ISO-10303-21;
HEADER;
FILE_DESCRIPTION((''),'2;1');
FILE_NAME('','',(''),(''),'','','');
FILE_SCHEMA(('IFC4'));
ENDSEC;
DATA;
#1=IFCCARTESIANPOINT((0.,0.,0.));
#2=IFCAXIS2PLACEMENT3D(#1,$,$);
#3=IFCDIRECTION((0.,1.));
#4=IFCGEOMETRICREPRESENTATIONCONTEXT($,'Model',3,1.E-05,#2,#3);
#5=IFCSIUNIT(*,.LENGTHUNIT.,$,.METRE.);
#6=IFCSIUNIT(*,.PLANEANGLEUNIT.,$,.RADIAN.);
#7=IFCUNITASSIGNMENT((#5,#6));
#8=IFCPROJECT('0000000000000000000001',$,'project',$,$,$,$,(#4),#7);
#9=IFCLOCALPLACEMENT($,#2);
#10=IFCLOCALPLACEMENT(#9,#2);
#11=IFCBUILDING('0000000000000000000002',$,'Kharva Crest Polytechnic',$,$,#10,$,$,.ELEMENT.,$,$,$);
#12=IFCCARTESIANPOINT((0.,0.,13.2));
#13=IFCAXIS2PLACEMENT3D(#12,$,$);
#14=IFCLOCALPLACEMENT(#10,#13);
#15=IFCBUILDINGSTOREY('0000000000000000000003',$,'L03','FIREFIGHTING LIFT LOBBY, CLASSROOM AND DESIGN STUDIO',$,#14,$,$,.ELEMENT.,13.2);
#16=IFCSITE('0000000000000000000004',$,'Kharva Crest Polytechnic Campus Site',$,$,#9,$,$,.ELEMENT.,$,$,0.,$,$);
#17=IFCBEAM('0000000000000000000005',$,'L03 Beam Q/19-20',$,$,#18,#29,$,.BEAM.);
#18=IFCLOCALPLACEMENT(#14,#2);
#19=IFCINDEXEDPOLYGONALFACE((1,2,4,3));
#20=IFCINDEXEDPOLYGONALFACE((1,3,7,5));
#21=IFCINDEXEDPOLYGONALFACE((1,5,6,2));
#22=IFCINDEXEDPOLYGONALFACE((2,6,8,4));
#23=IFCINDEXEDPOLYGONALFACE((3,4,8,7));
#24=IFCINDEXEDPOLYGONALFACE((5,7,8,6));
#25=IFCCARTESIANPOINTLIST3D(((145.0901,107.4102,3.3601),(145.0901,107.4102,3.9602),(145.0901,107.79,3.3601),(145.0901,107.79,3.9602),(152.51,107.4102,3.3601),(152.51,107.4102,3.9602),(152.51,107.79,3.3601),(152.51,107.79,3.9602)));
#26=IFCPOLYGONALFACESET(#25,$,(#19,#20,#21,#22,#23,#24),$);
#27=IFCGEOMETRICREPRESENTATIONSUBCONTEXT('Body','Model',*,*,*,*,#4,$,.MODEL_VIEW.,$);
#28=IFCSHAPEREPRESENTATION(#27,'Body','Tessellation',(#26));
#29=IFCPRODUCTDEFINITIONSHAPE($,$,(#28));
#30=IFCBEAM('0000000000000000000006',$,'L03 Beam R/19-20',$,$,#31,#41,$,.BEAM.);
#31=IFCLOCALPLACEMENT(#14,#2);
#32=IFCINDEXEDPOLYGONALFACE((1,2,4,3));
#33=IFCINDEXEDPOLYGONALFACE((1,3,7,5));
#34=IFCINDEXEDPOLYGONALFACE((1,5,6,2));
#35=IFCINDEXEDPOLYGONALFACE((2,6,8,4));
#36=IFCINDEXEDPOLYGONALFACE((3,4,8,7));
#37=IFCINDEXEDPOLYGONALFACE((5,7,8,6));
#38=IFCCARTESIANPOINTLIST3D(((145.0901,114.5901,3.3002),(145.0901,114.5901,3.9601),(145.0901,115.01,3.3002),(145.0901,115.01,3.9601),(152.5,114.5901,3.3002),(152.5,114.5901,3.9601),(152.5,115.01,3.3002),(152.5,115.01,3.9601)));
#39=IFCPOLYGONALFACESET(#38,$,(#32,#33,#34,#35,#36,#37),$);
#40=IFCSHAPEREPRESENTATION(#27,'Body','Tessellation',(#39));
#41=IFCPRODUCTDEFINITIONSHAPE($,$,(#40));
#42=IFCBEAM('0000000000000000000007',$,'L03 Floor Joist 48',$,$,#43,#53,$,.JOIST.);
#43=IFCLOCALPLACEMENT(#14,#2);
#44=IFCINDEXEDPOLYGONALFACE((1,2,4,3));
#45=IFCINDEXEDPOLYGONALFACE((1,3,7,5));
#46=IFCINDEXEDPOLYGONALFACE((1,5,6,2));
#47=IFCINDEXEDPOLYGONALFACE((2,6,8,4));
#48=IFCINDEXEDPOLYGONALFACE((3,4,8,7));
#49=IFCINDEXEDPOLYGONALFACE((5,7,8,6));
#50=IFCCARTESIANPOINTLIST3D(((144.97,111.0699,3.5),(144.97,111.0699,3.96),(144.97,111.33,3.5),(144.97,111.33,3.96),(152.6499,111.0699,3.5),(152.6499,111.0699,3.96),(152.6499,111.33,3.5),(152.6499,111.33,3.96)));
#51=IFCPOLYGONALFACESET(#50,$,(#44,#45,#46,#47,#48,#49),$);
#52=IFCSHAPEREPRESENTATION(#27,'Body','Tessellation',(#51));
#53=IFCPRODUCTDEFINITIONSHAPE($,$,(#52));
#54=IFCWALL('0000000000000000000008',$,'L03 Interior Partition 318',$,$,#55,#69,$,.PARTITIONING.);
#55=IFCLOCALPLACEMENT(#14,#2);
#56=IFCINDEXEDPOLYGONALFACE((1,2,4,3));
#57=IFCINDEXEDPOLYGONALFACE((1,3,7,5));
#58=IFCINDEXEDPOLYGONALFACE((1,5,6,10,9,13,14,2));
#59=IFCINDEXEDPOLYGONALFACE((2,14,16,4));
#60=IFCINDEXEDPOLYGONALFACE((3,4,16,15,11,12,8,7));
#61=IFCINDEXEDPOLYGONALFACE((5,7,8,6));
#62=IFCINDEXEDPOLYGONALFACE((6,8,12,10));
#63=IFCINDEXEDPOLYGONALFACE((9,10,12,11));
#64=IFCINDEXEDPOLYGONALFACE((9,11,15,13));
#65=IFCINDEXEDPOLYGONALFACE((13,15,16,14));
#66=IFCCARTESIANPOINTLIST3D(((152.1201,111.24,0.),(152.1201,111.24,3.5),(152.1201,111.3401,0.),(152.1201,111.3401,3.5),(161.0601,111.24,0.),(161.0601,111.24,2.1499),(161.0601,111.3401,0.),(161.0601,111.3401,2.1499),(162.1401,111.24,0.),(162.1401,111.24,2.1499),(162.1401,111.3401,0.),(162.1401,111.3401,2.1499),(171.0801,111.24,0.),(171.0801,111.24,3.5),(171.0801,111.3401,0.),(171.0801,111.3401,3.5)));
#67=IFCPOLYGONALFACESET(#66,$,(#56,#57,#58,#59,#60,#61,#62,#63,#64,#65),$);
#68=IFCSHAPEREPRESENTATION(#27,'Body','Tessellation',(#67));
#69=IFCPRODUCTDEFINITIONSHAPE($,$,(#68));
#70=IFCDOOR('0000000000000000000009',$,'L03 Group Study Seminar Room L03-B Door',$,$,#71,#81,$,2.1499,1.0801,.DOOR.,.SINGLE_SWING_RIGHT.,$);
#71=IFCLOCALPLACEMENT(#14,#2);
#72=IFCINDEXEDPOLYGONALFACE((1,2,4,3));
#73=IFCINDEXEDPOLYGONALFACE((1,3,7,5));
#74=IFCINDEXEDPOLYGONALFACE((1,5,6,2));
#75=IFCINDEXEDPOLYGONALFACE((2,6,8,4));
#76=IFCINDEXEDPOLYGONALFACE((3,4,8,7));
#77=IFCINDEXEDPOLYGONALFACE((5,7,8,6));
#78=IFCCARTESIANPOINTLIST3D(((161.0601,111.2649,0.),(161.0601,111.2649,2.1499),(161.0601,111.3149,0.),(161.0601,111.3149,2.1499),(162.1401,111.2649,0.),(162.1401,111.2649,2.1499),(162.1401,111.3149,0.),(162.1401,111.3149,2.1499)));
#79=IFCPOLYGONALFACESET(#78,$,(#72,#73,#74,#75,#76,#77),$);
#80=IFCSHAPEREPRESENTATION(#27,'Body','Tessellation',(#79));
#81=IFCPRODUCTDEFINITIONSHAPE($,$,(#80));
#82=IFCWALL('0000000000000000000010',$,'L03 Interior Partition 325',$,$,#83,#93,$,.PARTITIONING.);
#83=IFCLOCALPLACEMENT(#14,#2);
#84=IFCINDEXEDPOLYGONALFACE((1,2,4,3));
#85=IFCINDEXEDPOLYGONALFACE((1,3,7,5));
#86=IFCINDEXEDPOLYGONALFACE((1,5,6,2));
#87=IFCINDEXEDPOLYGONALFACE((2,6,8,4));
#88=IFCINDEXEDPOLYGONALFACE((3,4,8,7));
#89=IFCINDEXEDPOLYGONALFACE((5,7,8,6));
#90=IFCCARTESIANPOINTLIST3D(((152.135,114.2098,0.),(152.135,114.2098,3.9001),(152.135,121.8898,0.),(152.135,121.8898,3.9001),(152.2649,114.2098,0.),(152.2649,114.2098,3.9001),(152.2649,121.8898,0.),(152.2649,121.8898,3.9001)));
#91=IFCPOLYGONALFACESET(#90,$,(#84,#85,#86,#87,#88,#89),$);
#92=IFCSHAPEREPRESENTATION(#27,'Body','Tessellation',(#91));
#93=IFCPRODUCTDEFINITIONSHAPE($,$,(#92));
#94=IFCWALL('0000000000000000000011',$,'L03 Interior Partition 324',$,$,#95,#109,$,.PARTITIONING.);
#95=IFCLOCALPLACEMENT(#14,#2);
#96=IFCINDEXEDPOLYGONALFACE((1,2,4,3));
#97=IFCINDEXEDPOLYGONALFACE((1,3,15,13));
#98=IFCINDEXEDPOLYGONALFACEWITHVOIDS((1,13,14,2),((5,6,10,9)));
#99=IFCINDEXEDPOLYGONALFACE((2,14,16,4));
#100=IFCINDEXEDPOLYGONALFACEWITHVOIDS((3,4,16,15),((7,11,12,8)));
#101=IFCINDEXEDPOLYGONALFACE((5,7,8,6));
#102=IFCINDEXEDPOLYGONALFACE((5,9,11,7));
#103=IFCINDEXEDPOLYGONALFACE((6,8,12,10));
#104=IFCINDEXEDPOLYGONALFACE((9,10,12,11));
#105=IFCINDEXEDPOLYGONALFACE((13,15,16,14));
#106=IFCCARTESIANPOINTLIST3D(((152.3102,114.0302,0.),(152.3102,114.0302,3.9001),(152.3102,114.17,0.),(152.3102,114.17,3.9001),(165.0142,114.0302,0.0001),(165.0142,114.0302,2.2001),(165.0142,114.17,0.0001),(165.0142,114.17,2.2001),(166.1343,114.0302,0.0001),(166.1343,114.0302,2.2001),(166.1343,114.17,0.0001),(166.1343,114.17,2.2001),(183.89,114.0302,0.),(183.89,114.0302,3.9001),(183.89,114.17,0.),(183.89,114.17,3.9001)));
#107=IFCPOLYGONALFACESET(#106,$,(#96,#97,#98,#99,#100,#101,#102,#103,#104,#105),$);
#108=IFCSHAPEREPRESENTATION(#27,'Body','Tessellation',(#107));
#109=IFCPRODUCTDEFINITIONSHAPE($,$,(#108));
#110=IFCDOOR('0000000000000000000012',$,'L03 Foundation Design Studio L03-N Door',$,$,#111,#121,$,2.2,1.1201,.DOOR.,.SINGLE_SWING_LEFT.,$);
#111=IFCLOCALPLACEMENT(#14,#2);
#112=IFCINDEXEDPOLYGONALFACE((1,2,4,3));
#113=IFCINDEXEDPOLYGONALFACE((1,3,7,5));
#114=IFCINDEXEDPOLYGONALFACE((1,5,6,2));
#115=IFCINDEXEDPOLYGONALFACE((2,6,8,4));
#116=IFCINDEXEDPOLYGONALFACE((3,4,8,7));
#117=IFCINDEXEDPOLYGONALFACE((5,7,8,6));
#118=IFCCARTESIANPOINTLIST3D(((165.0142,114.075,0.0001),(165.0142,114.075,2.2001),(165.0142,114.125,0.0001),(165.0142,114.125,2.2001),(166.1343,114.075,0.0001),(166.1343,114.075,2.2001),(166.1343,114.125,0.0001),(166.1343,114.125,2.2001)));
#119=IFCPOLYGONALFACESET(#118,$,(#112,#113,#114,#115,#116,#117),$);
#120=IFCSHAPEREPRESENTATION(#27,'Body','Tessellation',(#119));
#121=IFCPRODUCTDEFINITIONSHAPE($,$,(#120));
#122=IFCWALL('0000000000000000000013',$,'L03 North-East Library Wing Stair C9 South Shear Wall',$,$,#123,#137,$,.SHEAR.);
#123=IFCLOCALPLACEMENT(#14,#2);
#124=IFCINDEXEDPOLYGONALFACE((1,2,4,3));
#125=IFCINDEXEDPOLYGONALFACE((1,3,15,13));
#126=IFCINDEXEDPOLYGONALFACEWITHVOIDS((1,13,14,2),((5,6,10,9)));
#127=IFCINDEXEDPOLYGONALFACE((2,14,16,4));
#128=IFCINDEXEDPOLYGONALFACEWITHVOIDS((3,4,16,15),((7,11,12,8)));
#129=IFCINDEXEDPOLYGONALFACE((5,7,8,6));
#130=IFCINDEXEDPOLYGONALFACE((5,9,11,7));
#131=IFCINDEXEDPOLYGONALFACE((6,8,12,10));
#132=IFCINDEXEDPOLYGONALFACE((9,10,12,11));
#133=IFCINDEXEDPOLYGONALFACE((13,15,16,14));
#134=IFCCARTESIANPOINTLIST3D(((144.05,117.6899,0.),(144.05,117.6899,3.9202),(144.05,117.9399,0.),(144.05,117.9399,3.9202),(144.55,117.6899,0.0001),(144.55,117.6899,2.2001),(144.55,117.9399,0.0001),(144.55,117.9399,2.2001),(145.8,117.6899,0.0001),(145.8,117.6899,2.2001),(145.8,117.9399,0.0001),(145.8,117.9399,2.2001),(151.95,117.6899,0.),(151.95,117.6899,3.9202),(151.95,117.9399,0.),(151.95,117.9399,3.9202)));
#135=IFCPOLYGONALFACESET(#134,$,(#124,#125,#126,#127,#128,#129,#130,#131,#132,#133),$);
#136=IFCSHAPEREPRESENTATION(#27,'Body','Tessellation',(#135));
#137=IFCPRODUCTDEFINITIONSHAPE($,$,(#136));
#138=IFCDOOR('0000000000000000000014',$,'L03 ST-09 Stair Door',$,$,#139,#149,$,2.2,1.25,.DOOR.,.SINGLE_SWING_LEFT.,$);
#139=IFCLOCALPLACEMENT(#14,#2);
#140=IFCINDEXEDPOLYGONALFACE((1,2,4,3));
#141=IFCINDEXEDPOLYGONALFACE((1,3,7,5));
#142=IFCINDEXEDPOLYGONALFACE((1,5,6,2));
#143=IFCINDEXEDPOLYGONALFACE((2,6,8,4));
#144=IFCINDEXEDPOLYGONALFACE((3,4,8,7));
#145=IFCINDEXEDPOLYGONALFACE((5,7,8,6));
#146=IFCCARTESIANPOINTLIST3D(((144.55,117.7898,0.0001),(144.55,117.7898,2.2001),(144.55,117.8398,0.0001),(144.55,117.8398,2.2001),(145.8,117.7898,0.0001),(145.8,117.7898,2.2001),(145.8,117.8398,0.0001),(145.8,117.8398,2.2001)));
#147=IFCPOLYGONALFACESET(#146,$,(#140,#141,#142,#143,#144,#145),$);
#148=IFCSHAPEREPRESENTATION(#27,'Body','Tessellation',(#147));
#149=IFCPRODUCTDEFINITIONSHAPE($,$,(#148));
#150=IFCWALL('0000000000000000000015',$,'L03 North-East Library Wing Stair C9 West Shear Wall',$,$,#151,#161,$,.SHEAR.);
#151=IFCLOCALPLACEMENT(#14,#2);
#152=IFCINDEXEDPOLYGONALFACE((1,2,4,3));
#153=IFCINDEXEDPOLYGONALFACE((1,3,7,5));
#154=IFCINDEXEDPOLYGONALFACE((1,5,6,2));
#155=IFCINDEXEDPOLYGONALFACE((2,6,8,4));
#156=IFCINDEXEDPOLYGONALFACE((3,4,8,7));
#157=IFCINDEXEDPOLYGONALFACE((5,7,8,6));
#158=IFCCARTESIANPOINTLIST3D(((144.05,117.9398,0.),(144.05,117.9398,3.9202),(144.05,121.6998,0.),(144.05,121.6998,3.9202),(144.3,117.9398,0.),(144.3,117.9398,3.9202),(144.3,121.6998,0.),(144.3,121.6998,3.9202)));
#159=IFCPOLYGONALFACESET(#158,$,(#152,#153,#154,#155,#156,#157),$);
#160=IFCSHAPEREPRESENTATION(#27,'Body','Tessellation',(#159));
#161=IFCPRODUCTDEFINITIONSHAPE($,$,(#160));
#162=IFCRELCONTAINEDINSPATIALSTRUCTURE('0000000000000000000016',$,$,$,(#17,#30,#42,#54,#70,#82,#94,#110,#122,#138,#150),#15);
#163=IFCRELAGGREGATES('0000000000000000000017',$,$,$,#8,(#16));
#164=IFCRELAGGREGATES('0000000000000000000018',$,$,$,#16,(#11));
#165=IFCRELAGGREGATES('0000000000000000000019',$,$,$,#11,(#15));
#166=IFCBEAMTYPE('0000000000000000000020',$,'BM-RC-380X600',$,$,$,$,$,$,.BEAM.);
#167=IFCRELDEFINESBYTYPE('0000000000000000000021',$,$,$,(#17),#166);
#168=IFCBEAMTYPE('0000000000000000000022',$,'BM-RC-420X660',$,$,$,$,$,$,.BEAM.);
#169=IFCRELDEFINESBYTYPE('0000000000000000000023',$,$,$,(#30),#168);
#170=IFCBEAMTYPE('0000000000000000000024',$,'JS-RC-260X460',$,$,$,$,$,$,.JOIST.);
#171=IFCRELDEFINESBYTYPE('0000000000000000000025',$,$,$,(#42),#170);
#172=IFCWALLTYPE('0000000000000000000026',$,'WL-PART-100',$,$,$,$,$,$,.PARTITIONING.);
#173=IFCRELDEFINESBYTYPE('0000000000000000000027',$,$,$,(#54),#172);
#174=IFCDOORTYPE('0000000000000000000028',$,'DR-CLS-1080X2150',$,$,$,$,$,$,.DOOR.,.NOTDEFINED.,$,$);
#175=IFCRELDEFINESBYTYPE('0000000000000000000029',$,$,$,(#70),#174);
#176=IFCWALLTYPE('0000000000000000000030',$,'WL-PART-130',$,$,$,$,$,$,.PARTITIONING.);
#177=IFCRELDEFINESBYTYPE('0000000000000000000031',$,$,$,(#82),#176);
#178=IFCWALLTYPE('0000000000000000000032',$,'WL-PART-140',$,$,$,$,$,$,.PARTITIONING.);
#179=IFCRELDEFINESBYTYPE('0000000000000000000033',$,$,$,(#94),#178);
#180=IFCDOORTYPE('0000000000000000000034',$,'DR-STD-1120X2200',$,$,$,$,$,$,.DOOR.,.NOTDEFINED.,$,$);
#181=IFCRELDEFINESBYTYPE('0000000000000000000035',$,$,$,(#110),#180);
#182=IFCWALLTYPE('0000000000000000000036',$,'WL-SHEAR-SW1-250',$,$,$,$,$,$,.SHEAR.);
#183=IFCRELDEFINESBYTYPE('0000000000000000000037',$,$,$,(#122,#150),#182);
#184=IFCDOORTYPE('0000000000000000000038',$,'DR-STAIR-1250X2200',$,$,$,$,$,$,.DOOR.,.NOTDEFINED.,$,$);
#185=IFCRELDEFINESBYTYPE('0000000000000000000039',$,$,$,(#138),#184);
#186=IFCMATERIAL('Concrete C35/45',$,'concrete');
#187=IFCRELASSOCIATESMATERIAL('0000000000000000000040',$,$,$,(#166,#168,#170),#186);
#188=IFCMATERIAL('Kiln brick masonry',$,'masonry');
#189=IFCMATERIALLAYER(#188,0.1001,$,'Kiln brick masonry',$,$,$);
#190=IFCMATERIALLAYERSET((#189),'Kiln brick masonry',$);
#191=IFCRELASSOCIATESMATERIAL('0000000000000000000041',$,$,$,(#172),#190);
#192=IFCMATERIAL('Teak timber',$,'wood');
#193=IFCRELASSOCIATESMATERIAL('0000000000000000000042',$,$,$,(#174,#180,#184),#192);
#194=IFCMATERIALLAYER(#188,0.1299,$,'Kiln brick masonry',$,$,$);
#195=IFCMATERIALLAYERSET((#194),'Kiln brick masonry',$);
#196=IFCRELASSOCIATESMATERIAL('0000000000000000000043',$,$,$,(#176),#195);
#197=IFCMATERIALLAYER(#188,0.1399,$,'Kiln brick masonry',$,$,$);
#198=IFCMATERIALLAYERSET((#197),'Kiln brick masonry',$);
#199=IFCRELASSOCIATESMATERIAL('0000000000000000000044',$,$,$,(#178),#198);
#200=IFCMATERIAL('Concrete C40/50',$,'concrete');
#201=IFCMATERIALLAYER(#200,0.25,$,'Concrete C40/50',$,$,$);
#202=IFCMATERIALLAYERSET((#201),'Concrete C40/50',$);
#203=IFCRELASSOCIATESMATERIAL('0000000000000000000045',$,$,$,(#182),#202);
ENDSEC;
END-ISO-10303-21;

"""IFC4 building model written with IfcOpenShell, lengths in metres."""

from ifc_helpers import new_model, si_unit, direction, frame, frame_2d, origin, origin_2d, place, context, subcontext, project, spatial, rectangle, extrude, material, layer, layer_set, material_profile, profile_set, type_object, element, fill, save


model = new_model("IFC4")

# Units and contexts
model_context = context("Model", 3, precision=1e-05, world=origin(), true_north=direction((0.0, 1.0)))
body_context = subcontext(model_context, "Body", "Model", "MODEL_VIEW")
ifc_project = project(units=[si_unit("LENGTHUNIT", "METRE"), si_unit("PLANEANGLEUNIT", "RADIAN")], contexts=[model_context])

# Site, building, storey
site_placement = place(None, origin())
site = spatial("IfcSite", under=ifc_project, at=site_placement, Name="Kharva Crest Polytechnic Campus Site", CompositionType="ELEMENT", RefElevation=0.0)
building_placement = place(site_placement, origin())
building = spatial("IfcBuilding", under=site, at=building_placement, Name="Kharva Crest Polytechnic", CompositionType="ELEMENT")
storey_placement = place(building_placement, frame((0.0, 0.0, 13.2)))
storey = spatial("IfcBuildingStorey", under=building, at=storey_placement, Name="L03", Description="FIREFIGHTING LIFT LOBBY, CLASSROOM AND DESIGN STUDIO", CompositionType="ELEMENT", Elevation=13.2)

# Shared definitions
ifc_material_1 = material(Name="Concrete C40/50", Category="concrete")

# Beams
ifc_material_2 = material(Name="Concrete C35/45", Category="concrete")
ifc_material_profile_1 = material_profile(ifc_material_2, rectangle(XDim=0.3799, YDim=0.6001, at=origin_2d()), Name="RECT 380 X 600")
ifc_profile_set_1 = profile_set([ifc_material_profile_1], Name="Concrete C35/45")
beam_type_1 = type_object("IfcBeamType", Name="BM-RC-380X600", PredefinedType="BEAM", material=ifc_profile_set_1)
beam_1_placement = place(storey_placement, frame((145.0901, 107.6001, 3.6602), z_axis=(1.0, 0.0, 0.0), x_axis=(0.0, 1.0, 0.0)))
element("IfcBeam", 1, at=beam_1_placement, inside=storey, type_object=beam_type_1, Name="L03 Beam Q/19-20", PredefinedType="BEAM", context=body_context, shape_type="SweptSolid", body=[
    extrude(rectangle(XDim=0.3799, YDim=0.6001, at=origin_2d()), origin(), (0.0, 0.0, 1.0), 7.4199),
])
ifc_material_profile_2 = material_profile(ifc_material_2, rectangle(XDim=0.4199, YDim=0.6599, at=origin_2d()), Name="RECT 420 X 660")
ifc_profile_set_2 = profile_set([ifc_material_profile_2], Name="Concrete C35/45")
beam_type_2 = type_object("IfcBeamType", Name="BM-RC-420X660", PredefinedType="BEAM", material=ifc_profile_set_2)
beam_2_placement = place(storey_placement, frame((145.0901, 114.8, 3.6301), z_axis=(1.0, 0.0, 0.0), x_axis=(0.0, 1.0, 0.0)))
element("IfcBeam", 2, at=beam_2_placement, inside=storey, type_object=beam_type_2, Name="L03 Beam R/19-20", PredefinedType="BEAM", context=body_context, shape_type="SweptSolid", body=[
    extrude(rectangle(XDim=0.4199, YDim=0.6599, at=origin_2d()), origin(), (0.0, 0.0, 1.0), 7.4099),
])
ifc_material_profile_3 = material_profile(ifc_material_2, rectangle(XDim=0.26, YDim=0.46, at=origin_2d()), Name="RECT 260 X 460")
ifc_profile_set_3 = profile_set([ifc_material_profile_3], Name="Concrete C35/45")
beam_type_3 = type_object("IfcBeamType", Name="JS-RC-260X460", PredefinedType="JOIST", material=ifc_profile_set_3)
beam_3_placement = place(storey_placement, frame((144.97, 111.2, 3.73), z_axis=(1.0, 0.0, 0.0), x_axis=(0.0, 1.0, 0.0)))
element("IfcBeam", 3, at=beam_3_placement, inside=storey, type_object=beam_type_3, Name="L03 Floor Joist 48", PredefinedType="JOIST", context=body_context, shape_type="SweptSolid", body=[
    extrude(rectangle(XDim=0.26, YDim=0.46, at=origin_2d()), origin(), (0.0, 0.0, 1.0), 7.6799),
])

# Wall, opening, door
ifc_material_3 = material(Name="Kiln brick masonry", Category="masonry")
ifc_layer_1 = layer(ifc_material_3, 0.1001, Name="Kiln brick masonry")
ifc_layer_set_1 = layer_set([ifc_layer_1], Name="Kiln brick masonry")
wall_type_1 = type_object("IfcWallType", Name="WL-PART-100", PredefinedType="PARTITIONING", material=ifc_layer_set_1)
wall_1_placement = place(storey_placement, frame((152.1201, 111.29, 0.0), z_axis=(0.0, 0.0, 1.0), x_axis=(1.0, 0.0, 0.0)))
wall_1 = element("IfcWall", 4, at=wall_1_placement, inside=storey, type_object=wall_type_1, Name="L03 Interior Partition 318", PredefinedType="PARTITIONING", context=body_context, shape_type="SweptSolid", body=[
    extrude(rectangle(XDim=18.96, YDim=0.1001, at=frame_2d((9.48, 0.0))), origin(), (0.0, 0.0, 1.0), 3.5),
])
opening_1_placement = place(wall_1_placement, frame((8.9399, 0.0, 0.0)))
opening_1 = element("IfcOpeningElement", 5, at=opening_1_placement, cuts=wall_1, PredefinedType="OPENING", context=body_context, shape_type="SweptSolid", body=[
    extrude(rectangle(XDim=1.0801, YDim=2.1499, at=frame_2d((0.54, 1.075))), frame((0.0, 0.0601, 0.0), z_axis=(0.0, -1.0, 0.0), x_axis=(1.0, 0.0, 0.0)), (0.0, 0.0, 1.0), 0.1201),
])
ifc_material_4 = material(Name="Teak timber", Category="wood")
door_type_1 = type_object("IfcDoorType", Name="DR-CLS-1080X2150", OperationType="NOTDEFINED", PredefinedType="DOOR", material=ifc_material_4)
door_1_placement = place(opening_1_placement, origin())
door_1 = element("IfcDoor", 6, at=door_1_placement, inside=storey, type_object=door_type_1, Name="L03 Group Study Seminar Room L03-B Door", OperationType="SINGLE_SWING_RIGHT", OverallHeight=2.1499, OverallWidth=1.0801, PredefinedType="DOOR", context=body_context, shape_type="SweptSolid", body=[
    extrude(rectangle(XDim=1.0801, YDim=2.1499, at=frame_2d((0.54, 1.075))), frame((0.0, 0.0249, 0.0), z_axis=(0.0, -1.0, 0.0), x_axis=(1.0, 0.0, 0.0)), (0.0, 0.0, 1.0), 0.05),
])
fill(opening_1, door_1)

# Wall
ifc_layer_2 = layer(ifc_material_3, 0.1299, Name="Kiln brick masonry")
ifc_layer_set_2 = layer_set([ifc_layer_2], Name="Kiln brick masonry")
wall_type_2 = type_object("IfcWallType", Name="WL-PART-130", PredefinedType="PARTITIONING", material=ifc_layer_set_2)
wall_2_placement = place(storey_placement, frame((152.2, 114.21, 0.0), z_axis=(0.0, 0.0, 1.0), x_axis=(0.0, 1.0, 0.0)))
element("IfcWall", 7, at=wall_2_placement, inside=storey, type_object=wall_type_2, Name="L03 Interior Partition 325", PredefinedType="PARTITIONING", context=body_context, shape_type="SweptSolid", body=[
    extrude(rectangle(XDim=7.6799, YDim=0.1299, at=frame_2d((3.8398, 0.0))), origin(), (0.0, 0.0, 1.0), 3.9001),
])

# Walls, openings, doors
ifc_layer_3 = layer(ifc_material_3, 0.1399, Name="Kiln brick masonry")
ifc_layer_set_3 = layer_set([ifc_layer_3], Name="Kiln brick masonry")
wall_type_3 = type_object("IfcWallType", Name="WL-PART-140", PredefinedType="PARTITIONING", material=ifc_layer_set_3)
wall_3_placement = place(storey_placement, frame((152.3101, 114.1001, 0.0), z_axis=(0.0, 0.0, 1.0), x_axis=(1.0, 0.0, 0.0)))
wall_3 = element("IfcWall", 8, at=wall_3_placement, inside=storey, type_object=wall_type_3, Name="L03 Interior Partition 324", PredefinedType="PARTITIONING", context=body_context, shape_type="SweptSolid", body=[
    extrude(rectangle(XDim=31.5798, YDim=0.1399, at=frame_2d((15.79, 0.0))), origin(), (0.0, 0.0, 1.0), 3.9001),
])
opening_2_placement = place(wall_3_placement, frame((12.7041, 0.0, 0.0)))
opening_2 = element("IfcOpeningElement", 9, at=opening_2_placement, cuts=wall_3, PredefinedType="OPENING", context=body_context, shape_type="SweptSolid", body=[
    extrude(rectangle(XDim=1.1201, YDim=2.2, at=frame_2d((0.5601, 1.1001))), frame((0.0, 0.0798, 0.0), z_axis=(0.0, -1.0, 0.0), x_axis=(1.0, 0.0, 0.0)), (0.0, 0.0, 1.0), 0.1599),
])
door_type_2 = type_object("IfcDoorType", Name="DR-STD-1120X2200", OperationType="NOTDEFINED", PredefinedType="DOOR", material=ifc_material_4)
door_2_placement = place(opening_2_placement, origin())
door_2 = element("IfcDoor", 10, at=door_2_placement, inside=storey, type_object=door_type_2, Name="L03 Foundation Design Studio L03-N Door", OperationType="SINGLE_SWING_LEFT", OverallHeight=2.2, OverallWidth=1.1201, PredefinedType="DOOR", context=body_context, shape_type="SweptSolid", body=[
    extrude(rectangle(XDim=1.1201, YDim=2.2, at=frame_2d((0.5601, 1.1001))), frame((0.0, 0.0249, 0.0), z_axis=(0.0, -1.0, 0.0), x_axis=(1.0, 0.0, 0.0)), (0.0, 0.0, 1.0), 0.05),
])
fill(opening_2, door_2)
ifc_layer_4 = layer(ifc_material_1, 0.25, Name="Concrete C40/50")
ifc_layer_set_4 = layer_set([ifc_layer_4], Name="Concrete C40/50")
wall_type_4 = type_object("IfcWallType", Name="WL-SHEAR-SW1-250", PredefinedType="SHEAR", material=ifc_layer_set_4)
wall_4_placement = place(storey_placement, frame((144.05, 117.8149, 0.0), z_axis=(0.0, 0.0, 1.0), x_axis=(1.0, 0.0, 0.0)))
wall_4 = element("IfcWall", 11, at=wall_4_placement, inside=storey, type_object=wall_type_4, Name="L03 North-East Library Wing Stair C9 South Shear Wall", PredefinedType="SHEAR", context=body_context, shape_type="SweptSolid", body=[
    extrude(rectangle(XDim=7.8999, YDim=0.25, at=frame_2d((3.95, 0.0))), origin(), (0.0, 0.0, 1.0), 3.9202),
])
opening_3_placement = place(wall_4_placement, frame((0.5, 0.0, 0.0)))
opening_3 = element("IfcOpeningElement", 12, at=opening_3_placement, cuts=wall_4, PredefinedType="OPENING", context=body_context, shape_type="SweptSolid", body=[
    extrude(rectangle(XDim=1.25, YDim=2.2, at=frame_2d((0.625, 1.1001))), frame((0.0, 0.135, 0.0), z_axis=(0.0, -1.0, 0.0), x_axis=(1.0, 0.0, 0.0)), (0.0, 0.0, 1.0), 0.27),
])
door_type_3 = type_object("IfcDoorType", Name="DR-STAIR-1250X2200", OperationType="NOTDEFINED", PredefinedType="DOOR", material=ifc_material_4)
door_3_placement = place(opening_3_placement, origin())
door_3 = element("IfcDoor", 13, at=door_3_placement, inside=storey, type_object=door_type_3, Name="L03 ST-09 Stair Door", OperationType="SINGLE_SWING_LEFT", OverallHeight=2.2, OverallWidth=1.25, PredefinedType="DOOR", context=body_context, shape_type="SweptSolid", body=[
    extrude(rectangle(XDim=1.25, YDim=2.2, at=frame_2d((0.625, 1.1001))), frame((0.0, 0.0249, 0.0), z_axis=(0.0, -1.0, 0.0), x_axis=(1.0, 0.0, 0.0)), (0.0, 0.0, 1.0), 0.05),
])
fill(opening_3, door_3)

# Wall
for number, where, z_axis, x_axis, name in (
    (14, (144.175, 117.9399, 0.0), (0.0, 0.0, 1.0), (0.0, 1.0, 0.0), "L03 North-East Library Wing Stair C9 West Shear Wall"),
):
    element("IfcWall", number, at=place(storey_placement, frame(where, z_axis=z_axis, x_axis=x_axis)), inside=storey, type_object=wall_type_4, Name=name, PredefinedType="SHEAR", context=body_context, shape_type="SweptSolid", body=[
        extrude(rectangle(XDim=3.76, YDim=0.25, at=frame_2d((1.8799, 0.0))), origin(), (0.0, 0.0, 1.0), 3.9202),
    ])

save(model, "model.ifc")
